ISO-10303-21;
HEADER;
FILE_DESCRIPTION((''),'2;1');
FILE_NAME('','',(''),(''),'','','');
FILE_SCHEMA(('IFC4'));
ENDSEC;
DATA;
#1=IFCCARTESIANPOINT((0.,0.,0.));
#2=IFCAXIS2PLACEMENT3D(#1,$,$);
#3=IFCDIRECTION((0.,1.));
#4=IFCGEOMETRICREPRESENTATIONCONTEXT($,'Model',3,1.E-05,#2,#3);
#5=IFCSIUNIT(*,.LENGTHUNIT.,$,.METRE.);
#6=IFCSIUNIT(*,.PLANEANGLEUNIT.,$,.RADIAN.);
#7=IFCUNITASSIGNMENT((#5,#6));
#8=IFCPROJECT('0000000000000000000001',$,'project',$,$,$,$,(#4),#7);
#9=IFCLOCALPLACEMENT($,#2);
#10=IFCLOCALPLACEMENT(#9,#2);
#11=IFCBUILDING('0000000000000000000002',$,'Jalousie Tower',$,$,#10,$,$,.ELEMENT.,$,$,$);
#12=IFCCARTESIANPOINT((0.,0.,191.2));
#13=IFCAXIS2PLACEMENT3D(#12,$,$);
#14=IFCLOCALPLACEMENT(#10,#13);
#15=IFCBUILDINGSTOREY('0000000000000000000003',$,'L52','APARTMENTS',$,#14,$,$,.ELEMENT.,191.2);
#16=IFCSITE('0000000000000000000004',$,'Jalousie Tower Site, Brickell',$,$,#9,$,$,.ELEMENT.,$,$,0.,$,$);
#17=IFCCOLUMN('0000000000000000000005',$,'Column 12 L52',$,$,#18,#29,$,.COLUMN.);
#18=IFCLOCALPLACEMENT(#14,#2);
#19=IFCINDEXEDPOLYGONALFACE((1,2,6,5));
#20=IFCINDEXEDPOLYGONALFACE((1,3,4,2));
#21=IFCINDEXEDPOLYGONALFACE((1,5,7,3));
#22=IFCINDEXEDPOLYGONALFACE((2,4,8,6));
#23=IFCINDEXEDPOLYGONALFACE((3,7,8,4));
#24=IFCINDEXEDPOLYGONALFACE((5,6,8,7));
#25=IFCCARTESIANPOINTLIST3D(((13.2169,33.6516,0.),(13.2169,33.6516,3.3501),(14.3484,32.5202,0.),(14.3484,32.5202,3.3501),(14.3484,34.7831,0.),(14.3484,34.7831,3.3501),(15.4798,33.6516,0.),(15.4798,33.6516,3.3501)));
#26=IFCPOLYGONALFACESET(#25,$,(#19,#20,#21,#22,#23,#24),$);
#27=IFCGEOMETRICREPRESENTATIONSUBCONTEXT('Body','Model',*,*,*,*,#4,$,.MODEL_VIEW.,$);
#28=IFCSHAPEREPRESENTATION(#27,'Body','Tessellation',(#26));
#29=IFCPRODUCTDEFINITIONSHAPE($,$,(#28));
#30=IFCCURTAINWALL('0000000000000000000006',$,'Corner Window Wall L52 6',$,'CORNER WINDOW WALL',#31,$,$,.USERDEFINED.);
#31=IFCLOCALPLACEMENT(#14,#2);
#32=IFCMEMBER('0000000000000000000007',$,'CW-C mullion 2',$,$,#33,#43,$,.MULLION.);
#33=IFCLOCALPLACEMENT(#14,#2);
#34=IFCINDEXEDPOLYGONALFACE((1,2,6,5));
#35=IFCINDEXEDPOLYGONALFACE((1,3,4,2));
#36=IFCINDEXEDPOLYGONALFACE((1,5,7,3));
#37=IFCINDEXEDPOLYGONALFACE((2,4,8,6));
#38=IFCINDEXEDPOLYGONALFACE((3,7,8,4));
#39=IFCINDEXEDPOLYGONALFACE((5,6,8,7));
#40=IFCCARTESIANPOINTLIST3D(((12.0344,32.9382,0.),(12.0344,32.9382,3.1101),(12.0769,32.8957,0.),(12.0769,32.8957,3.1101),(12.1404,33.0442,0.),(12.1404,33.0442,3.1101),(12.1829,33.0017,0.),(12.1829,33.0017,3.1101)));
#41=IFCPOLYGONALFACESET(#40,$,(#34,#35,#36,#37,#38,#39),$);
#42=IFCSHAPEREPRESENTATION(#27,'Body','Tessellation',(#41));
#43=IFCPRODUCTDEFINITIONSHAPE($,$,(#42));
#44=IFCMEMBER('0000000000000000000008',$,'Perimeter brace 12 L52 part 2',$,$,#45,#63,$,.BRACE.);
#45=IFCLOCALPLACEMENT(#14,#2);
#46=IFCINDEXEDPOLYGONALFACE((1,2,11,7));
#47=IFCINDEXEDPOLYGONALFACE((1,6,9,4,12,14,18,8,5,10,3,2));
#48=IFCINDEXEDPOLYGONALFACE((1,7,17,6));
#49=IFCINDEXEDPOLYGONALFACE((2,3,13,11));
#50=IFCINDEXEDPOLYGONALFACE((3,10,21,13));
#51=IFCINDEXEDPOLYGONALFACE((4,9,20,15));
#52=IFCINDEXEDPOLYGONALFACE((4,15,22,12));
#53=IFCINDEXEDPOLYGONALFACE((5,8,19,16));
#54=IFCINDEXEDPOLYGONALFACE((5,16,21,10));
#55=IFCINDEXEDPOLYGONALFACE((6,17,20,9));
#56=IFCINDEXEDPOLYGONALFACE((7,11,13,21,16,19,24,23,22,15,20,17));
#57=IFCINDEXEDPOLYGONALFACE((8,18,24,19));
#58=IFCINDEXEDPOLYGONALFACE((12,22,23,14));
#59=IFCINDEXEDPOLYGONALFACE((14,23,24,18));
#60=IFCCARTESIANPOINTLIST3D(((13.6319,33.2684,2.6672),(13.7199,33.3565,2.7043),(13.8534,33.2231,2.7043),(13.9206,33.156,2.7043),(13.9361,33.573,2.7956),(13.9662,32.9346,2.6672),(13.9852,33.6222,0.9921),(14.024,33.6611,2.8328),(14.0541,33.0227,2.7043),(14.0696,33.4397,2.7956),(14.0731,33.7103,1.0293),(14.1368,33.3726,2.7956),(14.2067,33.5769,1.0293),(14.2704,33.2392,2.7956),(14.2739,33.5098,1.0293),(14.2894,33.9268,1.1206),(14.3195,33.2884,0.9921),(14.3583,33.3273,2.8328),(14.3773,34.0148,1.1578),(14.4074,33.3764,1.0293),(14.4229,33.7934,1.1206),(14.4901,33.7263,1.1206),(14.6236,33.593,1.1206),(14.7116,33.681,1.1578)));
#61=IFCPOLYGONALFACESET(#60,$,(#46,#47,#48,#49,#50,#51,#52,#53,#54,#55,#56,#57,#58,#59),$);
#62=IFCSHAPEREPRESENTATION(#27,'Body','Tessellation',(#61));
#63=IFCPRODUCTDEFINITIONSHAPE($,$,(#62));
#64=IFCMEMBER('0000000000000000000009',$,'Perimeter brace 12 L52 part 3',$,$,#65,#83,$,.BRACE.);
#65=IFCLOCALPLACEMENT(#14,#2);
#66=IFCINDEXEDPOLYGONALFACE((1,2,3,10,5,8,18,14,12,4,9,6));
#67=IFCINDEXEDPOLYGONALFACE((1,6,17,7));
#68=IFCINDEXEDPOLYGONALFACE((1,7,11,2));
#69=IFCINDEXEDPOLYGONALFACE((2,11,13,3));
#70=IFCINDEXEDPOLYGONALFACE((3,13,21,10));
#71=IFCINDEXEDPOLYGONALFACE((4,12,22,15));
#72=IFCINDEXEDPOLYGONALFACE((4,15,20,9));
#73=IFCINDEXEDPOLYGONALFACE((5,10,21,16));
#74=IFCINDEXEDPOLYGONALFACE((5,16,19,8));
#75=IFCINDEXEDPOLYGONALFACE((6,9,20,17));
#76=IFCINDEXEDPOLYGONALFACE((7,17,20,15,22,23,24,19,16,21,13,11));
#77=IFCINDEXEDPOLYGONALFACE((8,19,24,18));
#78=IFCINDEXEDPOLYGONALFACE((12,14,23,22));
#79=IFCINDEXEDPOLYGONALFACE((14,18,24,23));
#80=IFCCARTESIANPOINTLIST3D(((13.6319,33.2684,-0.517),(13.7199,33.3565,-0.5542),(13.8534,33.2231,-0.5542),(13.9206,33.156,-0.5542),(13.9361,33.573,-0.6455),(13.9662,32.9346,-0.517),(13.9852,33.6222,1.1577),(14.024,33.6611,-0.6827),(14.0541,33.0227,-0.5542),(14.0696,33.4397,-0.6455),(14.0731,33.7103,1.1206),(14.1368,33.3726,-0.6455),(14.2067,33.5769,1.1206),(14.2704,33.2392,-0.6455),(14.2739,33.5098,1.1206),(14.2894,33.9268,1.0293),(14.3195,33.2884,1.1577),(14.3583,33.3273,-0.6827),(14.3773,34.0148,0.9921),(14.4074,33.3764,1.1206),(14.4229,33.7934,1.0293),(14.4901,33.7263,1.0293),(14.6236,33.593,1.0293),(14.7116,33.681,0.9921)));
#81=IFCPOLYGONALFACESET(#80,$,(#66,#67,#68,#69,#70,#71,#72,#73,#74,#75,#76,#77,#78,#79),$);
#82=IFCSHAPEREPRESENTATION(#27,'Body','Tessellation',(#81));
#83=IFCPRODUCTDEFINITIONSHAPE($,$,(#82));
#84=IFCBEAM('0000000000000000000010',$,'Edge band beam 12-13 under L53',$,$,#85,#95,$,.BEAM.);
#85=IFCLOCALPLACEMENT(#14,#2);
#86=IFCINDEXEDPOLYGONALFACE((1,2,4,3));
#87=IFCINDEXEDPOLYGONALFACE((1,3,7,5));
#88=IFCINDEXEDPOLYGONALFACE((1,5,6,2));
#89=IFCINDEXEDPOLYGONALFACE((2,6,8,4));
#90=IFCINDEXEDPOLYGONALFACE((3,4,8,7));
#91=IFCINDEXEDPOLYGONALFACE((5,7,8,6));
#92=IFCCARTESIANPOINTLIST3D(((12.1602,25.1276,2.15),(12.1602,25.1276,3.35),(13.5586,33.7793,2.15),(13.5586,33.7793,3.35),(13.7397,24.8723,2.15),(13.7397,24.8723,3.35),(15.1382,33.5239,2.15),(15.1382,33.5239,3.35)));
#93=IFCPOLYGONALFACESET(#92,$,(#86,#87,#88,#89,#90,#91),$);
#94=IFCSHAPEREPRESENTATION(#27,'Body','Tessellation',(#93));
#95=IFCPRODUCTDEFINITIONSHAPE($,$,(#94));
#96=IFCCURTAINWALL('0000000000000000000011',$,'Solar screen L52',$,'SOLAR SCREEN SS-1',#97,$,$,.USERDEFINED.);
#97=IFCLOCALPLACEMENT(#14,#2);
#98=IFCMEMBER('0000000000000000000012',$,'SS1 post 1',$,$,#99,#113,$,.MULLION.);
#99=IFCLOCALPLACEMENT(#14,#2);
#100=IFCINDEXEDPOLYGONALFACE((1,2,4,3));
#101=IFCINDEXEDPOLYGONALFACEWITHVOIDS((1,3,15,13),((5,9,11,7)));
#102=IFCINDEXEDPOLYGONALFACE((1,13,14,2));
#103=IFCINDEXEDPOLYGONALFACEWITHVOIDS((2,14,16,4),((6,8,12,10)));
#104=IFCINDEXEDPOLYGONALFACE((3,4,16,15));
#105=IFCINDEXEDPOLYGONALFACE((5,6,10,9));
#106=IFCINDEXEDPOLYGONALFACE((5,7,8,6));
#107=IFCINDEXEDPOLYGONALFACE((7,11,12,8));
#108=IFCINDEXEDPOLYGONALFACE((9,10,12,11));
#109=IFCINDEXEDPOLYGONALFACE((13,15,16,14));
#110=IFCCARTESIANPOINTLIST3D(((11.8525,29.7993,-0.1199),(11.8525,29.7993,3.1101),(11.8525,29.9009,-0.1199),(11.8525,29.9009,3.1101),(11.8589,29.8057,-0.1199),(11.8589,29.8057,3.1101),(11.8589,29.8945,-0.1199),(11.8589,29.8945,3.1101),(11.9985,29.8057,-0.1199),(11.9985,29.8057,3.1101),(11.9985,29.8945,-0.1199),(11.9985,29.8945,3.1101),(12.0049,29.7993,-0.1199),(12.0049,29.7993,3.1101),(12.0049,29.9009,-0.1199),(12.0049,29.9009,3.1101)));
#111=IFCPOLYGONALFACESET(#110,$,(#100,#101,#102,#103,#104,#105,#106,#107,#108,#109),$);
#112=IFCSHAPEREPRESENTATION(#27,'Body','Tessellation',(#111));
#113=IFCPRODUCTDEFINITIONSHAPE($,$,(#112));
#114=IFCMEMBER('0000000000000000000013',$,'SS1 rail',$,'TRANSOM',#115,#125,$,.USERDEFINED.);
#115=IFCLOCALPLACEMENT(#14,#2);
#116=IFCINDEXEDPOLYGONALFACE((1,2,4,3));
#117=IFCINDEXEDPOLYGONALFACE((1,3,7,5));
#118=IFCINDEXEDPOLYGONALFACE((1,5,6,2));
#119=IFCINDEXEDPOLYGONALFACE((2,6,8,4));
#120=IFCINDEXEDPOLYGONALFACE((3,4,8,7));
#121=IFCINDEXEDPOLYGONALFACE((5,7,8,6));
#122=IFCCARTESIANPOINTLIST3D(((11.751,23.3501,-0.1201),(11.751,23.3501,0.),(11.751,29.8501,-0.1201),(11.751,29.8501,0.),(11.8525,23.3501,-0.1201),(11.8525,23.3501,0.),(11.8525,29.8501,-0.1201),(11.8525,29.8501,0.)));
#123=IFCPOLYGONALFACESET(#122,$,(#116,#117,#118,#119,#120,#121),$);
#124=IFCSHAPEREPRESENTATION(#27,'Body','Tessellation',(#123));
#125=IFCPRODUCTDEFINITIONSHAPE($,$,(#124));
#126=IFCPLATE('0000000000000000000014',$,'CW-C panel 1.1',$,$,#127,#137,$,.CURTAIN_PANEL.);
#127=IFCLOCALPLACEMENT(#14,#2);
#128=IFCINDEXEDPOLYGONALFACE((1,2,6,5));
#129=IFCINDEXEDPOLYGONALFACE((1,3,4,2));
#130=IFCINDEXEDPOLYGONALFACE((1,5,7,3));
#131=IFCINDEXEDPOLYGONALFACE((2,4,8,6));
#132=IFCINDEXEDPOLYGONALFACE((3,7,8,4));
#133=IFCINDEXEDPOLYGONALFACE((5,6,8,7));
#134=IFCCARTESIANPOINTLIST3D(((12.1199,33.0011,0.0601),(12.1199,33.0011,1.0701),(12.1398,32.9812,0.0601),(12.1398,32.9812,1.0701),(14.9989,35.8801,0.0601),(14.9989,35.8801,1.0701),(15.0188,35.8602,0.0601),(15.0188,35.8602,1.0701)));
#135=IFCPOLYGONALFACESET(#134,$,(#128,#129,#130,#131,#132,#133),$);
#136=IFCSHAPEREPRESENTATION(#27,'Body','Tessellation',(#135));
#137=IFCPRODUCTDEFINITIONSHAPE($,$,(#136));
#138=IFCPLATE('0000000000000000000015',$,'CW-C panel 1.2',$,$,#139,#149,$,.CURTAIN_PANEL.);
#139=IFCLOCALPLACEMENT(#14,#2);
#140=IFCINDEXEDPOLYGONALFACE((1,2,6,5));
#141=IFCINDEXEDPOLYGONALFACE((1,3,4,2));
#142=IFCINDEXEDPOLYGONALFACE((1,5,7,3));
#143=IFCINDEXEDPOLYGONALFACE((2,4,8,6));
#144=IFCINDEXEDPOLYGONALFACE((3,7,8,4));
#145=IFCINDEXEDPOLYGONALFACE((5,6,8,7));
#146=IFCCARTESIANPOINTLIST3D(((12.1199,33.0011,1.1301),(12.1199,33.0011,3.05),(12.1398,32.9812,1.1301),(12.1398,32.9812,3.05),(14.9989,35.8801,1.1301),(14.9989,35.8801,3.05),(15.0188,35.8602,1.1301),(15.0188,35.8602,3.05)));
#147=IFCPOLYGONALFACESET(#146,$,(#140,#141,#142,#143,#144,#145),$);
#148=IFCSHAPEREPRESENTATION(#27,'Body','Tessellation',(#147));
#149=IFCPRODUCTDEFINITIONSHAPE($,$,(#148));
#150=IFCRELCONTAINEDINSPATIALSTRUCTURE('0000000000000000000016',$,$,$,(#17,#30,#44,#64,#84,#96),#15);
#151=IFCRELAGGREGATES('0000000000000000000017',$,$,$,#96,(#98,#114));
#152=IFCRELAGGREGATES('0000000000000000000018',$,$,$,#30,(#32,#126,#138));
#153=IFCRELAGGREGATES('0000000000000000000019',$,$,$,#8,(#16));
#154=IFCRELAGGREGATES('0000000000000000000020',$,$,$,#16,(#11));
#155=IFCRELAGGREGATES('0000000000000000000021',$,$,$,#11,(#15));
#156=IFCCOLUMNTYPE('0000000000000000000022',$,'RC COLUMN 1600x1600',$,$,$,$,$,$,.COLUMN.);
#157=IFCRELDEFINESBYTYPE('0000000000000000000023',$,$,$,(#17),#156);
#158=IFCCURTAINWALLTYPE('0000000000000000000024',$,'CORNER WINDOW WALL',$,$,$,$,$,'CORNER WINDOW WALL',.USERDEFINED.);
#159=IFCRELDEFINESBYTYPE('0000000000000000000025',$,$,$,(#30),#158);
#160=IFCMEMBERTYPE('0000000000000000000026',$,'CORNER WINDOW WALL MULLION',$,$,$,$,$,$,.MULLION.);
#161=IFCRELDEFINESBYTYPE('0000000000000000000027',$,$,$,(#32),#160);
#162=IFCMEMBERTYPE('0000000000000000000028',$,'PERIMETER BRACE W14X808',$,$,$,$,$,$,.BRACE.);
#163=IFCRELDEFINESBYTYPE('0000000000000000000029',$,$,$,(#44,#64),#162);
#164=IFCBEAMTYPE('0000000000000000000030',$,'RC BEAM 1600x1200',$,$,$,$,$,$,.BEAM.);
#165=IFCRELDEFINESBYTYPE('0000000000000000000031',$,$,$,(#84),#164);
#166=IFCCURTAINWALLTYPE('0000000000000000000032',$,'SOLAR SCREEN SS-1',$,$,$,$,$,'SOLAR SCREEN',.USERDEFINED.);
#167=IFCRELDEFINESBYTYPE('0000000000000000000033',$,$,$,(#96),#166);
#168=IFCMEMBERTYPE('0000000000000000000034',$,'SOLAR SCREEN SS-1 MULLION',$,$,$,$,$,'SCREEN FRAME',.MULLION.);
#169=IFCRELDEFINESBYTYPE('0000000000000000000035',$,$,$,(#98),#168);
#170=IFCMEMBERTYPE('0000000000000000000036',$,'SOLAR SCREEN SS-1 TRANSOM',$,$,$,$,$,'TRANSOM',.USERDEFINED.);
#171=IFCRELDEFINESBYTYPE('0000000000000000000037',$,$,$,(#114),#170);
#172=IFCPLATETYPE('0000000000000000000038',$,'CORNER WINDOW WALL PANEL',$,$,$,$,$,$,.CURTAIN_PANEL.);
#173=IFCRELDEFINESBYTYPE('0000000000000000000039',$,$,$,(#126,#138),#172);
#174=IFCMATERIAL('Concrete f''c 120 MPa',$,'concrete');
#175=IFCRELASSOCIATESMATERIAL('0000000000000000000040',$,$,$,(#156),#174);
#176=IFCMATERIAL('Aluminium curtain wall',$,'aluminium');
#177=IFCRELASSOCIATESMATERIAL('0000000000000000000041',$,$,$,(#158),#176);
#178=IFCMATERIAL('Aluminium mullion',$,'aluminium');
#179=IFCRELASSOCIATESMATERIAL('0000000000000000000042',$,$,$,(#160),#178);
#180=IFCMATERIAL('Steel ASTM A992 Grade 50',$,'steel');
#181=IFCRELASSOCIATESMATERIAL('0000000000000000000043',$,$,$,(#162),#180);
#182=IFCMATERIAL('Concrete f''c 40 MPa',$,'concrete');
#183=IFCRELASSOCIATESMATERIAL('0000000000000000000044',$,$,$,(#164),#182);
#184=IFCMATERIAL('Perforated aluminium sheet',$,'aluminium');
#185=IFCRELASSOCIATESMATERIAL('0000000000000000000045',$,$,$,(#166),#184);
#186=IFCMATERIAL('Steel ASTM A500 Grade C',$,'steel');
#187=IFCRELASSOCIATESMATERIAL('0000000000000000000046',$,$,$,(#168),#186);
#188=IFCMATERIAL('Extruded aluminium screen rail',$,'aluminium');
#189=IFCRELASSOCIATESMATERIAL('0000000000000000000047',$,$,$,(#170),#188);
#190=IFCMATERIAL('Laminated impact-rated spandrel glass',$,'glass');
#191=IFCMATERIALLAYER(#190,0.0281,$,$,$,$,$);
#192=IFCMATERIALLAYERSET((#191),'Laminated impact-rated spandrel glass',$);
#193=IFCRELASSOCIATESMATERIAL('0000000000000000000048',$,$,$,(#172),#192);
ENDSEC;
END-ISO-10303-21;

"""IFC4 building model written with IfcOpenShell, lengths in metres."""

from ifc_helpers import new_model, si_unit, direction, frame, origin, origin_2d, place, context, subcontext, project, spatial, rectangle, hollow_rectangle, i_section, extrude, material, layer, layer_set, material_profile, profile_set, type_object, element, aggregate, save


model = new_model("IFC4")

# Units and contexts
model_context = context("Model", 3, precision=1e-05, world=origin(), true_north=direction((0.0, 1.0)))
body_context = subcontext(model_context, "Body", "Model", "MODEL_VIEW")
ifc_project = project(units=[si_unit("LENGTHUNIT", "METRE"), si_unit("PLANEANGLEUNIT", "RADIAN")], contexts=[model_context])

# Site, building, storey
site_placement = place(None, origin())
site = spatial("IfcSite", under=ifc_project, at=site_placement, Name="Jalousie Tower Site, Brickell", CompositionType="ELEMENT", RefElevation=0.0)
building_placement = place(site_placement, origin())
building = spatial("IfcBuilding", under=site, at=building_placement, Name="Jalousie Tower", CompositionType="ELEMENT")
storey_placement = place(building_placement, frame((0.0, 0.0, 191.2)))
storey = spatial("IfcBuildingStorey", under=building, at=storey_placement, Name="L52", Description="APARTMENTS", CompositionType="ELEMENT", Elevation=191.2)

# Column
ifc_material_1 = material(Name="Concrete f'c 120 MPa", Category="concrete")
ifc_material_profile_1 = material_profile(ifc_material_1, rectangle(XDim=1.6001, YDim=1.6001, at=origin_2d()), Name="RC 1600x1600")
ifc_profile_set_1 = profile_set([ifc_material_profile_1], Name="Concrete f'c 120 MPa")
column_type = type_object("IfcColumnType", Name="RC COLUMN 1600x1600", PredefinedType="COLUMN", material=ifc_profile_set_1)
column_placement = place(storey_placement, frame((14.3484, 33.6516, 0.0), z_axis=(0.0, 0.0, 1.0), x_axis=(0.707107, 0.707107, 0.0)))
element("IfcColumn", 1, at=column_placement, inside=storey, type_object=column_type, Name="Column 12 L52", PredefinedType="COLUMN", context=body_context, shape_type="SweptSolid", body=[
    extrude(rectangle(XDim=1.6001, YDim=1.6001, at=origin_2d()), origin(), (0.0, 0.0, 1.0), 3.3501),
])

# Curtain wall, member
ifc_material_2 = material(Name="Aluminium curtain wall", Category="aluminium")
curtain_wall_type_1 = type_object("IfcCurtainWallType", Name="CORNER WINDOW WALL", ElementType="CORNER WINDOW WALL", PredefinedType="USERDEFINED", material=ifc_material_2)
curtain_wall_1_placement = place(storey_placement, origin())
curtain_wall_1 = element("IfcCurtainWall", 2, at=curtain_wall_1_placement, inside=storey, type_object=curtain_wall_type_1, Name="Corner Window Wall L52 6", ObjectType="CORNER WINDOW WALL", PredefinedType="USERDEFINED")
ifc_material_3 = material(Name="Aluminium mullion", Category="aluminium")
ifc_material_profile_2 = material_profile(ifc_material_3, rectangle(XDim=0.0601, YDim=0.1499, at=origin_2d()), Name="MULLION 60x150")
ifc_profile_set_2 = profile_set([ifc_material_profile_2], Name="Aluminium mullion")
member_type_1 = type_object("IfcMemberType", Name="CORNER WINDOW WALL MULLION", PredefinedType="MULLION", material=ifc_profile_set_2)
member_1_placement = place(storey_placement, frame((12.1086, 32.97, 0.0), z_axis=(0.0, 0.0, 1.0), x_axis=(0.707107, -0.707107, 0.0)))
member_1 = element("IfcMember", 3, at=member_1_placement, type_object=member_type_1, Name="CW-C mullion 2", PredefinedType="MULLION", context=body_context, shape_type="SweptSolid", body=[
    extrude(rectangle(XDim=0.0601, YDim=0.1499, at=origin_2d()), origin(), (0.0, 0.0, 1.0), 3.1101),
])

# Members
ifc_material_4 = material(Name="Steel ASTM A992 Grade 50", Category="steel")
ifc_material_profile_3 = material_profile(ifc_material_4, i_section(OverallWidth=0.4724, OverallDepth=0.5791, WebThickness=0.095, FlangeThickness=0.1299, at=origin_2d()), Name="W14X808")
ifc_profile_set_3 = profile_set([ifc_material_profile_3], Name="Steel ASTM A992 Grade 50")
member_type_2 = type_object("IfcMemberType", Name="PERIMETER BRACE W14X808", PredefinedType="BRACE", material=ifc_profile_set_3)
member_2_placement = place(storey_placement, frame((14.3484, 33.6516, 1.075), z_axis=(-0.202093, -0.202372, 0.95823), x_axis=(0.707595, -0.706618, 0.0)))
element("IfcMember", 4, at=member_2_placement, inside=storey, type_object=member_type_2, Name="Perimeter brace 12 L52 part 2", PredefinedType="BRACE", context=body_context, shape_type="SweptSolid", body=[
    extrude(i_section(OverallWidth=0.4724, OverallDepth=0.5791, WebThickness=0.095, FlangeThickness=0.1299, at=origin_2d()), origin(), (0.0, 0.0, 1.0), 1.748),
])
member_3_placement = place(storey_placement, frame((13.9951, 33.2979, -0.5999), z_axis=(0.20212, 0.202399, 0.958218), x_axis=(-0.707595, 0.706618, 0.0)))
element("IfcMember", 5, at=member_3_placement, inside=storey, type_object=member_type_2, Name="Perimeter brace 12 L52 part 3", PredefinedType="BRACE", context=body_context, shape_type="SweptSolid", body=[
    extrude(i_section(OverallWidth=0.4724, OverallDepth=0.5791, WebThickness=0.095, FlangeThickness=0.1299, at=origin_2d()), origin(), (0.0, 0.0, 1.0), 1.7478),
])

# Beam
ifc_material_5 = material(Name="Concrete f'c 40 MPa", Category="concrete")
ifc_material_profile_4 = material_profile(ifc_material_5, rectangle(XDim=1.6001, YDim=1.2, at=origin_2d()), Name="RC 1600x1200")
ifc_profile_set_4 = profile_set([ifc_material_profile_4], Name="Concrete f'c 40 MPa")
beam_type = type_object("IfcBeamType", Name="RC BEAM 1600x1200", PredefinedType="BEAM", material=ifc_profile_set_4)
beam_placement = place(storey_placement, frame((14.3484, 33.6516, 2.75), z_axis=(-0.159568, -0.987187, 0.0), x_axis=(0.987187, -0.159568, 0.0)))
element("IfcBeam", 6, at=beam_placement, inside=storey, type_object=beam_type, Name="Edge band beam 12-13 under L53", PredefinedType="BEAM", context=body_context, shape_type="SweptSolid", body=[
    extrude(rectangle(XDim=1.6001, YDim=1.2, at=origin_2d()), origin(), (0.0, 0.0, 1.0), 8.7639),
])

# Curtain wall, members
ifc_material_6 = material(Name="Perforated aluminium sheet", Category="aluminium")
curtain_wall_type_2 = type_object("IfcCurtainWallType", Name="SOLAR SCREEN SS-1", ElementType="SOLAR SCREEN", PredefinedType="USERDEFINED", material=ifc_material_6)
curtain_wall_2_placement = place(storey_placement, origin())
curtain_wall_2 = element("IfcCurtainWall", 7, at=curtain_wall_2_placement, inside=storey, type_object=curtain_wall_type_2, Name="Solar screen L52", ObjectType="SOLAR SCREEN SS-1", PredefinedType="USERDEFINED")
ifc_material_7 = material(Name="Steel ASTM A500 Grade C", Category="steel")
ifc_material_profile_5 = material_profile(ifc_material_7, hollow_rectangle(XDim=0.1016, YDim=0.1523, WallThickness=0.0063, at=origin_2d()), Name="HSS6X4X1/4")
ifc_profile_set_5 = profile_set([ifc_material_profile_5], Name="Steel ASTM A500 Grade C")
member_type_3 = type_object("IfcMemberType", Name="SOLAR SCREEN SS-1 MULLION", ElementType="SCREEN FRAME", PredefinedType="MULLION", material=ifc_profile_set_5)
member_4_placement = place(storey_placement, frame((11.9287, 29.8501, -0.1199), z_axis=(0.0, 0.0, 1.0), x_axis=(0.0, -1.0, 0.0)))
member_4 = element("IfcMember", 8, at=member_4_placement, type_object=member_type_3, Name="SS1 post 1", PredefinedType="MULLION", context=body_context, shape_type="SweptSolid", body=[
    extrude(hollow_rectangle(XDim=0.1016, YDim=0.1523, WallThickness=0.0063, at=origin_2d()), origin(), (0.0, 0.0, 1.0), 3.23),
])
ifc_material_8 = material(Name="Extruded aluminium screen rail", Category="aluminium")
ifc_material_profile_6 = material_profile(ifc_material_8, rectangle(XDim=0.1016, YDim=0.1201, at=origin_2d()), Name="RAIL 102x120")
ifc_profile_set_6 = profile_set([ifc_material_profile_6], Name="Extruded aluminium screen rail")
member_type_4 = type_object("IfcMemberType", Name="SOLAR SCREEN SS-1 TRANSOM", ElementType="TRANSOM", PredefinedType="USERDEFINED", material=ifc_profile_set_6)
member_5_placement = place(storey_placement, frame((11.8018, 29.8501, -0.0601), z_axis=(0.0, -1.0, 0.0), x_axis=(1.0, 0.0, 0.0)))
member_5 = element("IfcMember", 9, at=member_5_placement, type_object=member_type_4, Name="SS1 rail", ObjectType="TRANSOM", PredefinedType="USERDEFINED", context=body_context, shape_type="SweptSolid", body=[
    extrude(rectangle(XDim=0.1016, YDim=0.1201, at=origin_2d()), origin(), (0.0, 0.0, 1.0), 6.5),
])
aggregate(curtain_wall_2, [member_4, member_5])

# Plates
ifc_material_9 = material(Name="Laminated impact-rated spandrel glass", Category="glass")
ifc_layer = layer(ifc_material_9, 0.0281)
ifc_layer_set = layer_set([ifc_layer], Name="Laminated impact-rated spandrel glass")
plate_type = type_object("IfcPlateType", Name="CORNER WINDOW WALL PANEL", PredefinedType="CURTAIN_PANEL", material=ifc_layer_set)
plate_1_placement = place(storey_placement, frame((13.5693, 34.4307, 0.0601), z_axis=(0.0, 0.0, 1.0), x_axis=(-0.707107, -0.707107, 0.0)))
plate_1 = element("IfcPlate", 10, at=plate_1_placement, type_object=plate_type, Name="CW-C panel 1.1", PredefinedType="CURTAIN_PANEL", context=body_context, shape_type="SweptSolid", body=[
    extrude(rectangle(XDim=4.0715, YDim=0.0281, at=origin_2d()), origin(), (0.0, 0.0, 1.0), 1.01),
])
plate_2_placement = place(storey_placement, frame((13.5693, 34.4307, 1.1301), z_axis=(0.0, 0.0, 1.0), x_axis=(-0.707107, -0.707107, 0.0)))
plate_2 = element("IfcPlate", 11, at=plate_2_placement, type_object=plate_type, Name="CW-C panel 1.2", PredefinedType="CURTAIN_PANEL", context=body_context, shape_type="SweptSolid", body=[
    extrude(rectangle(XDim=4.0715, YDim=0.0281, at=origin_2d()), origin(), (0.0, 0.0, 1.0), 1.9199),
])
aggregate(curtain_wall_1, [member_1, plate_1, plate_2])

save(model, "model.ifc")
